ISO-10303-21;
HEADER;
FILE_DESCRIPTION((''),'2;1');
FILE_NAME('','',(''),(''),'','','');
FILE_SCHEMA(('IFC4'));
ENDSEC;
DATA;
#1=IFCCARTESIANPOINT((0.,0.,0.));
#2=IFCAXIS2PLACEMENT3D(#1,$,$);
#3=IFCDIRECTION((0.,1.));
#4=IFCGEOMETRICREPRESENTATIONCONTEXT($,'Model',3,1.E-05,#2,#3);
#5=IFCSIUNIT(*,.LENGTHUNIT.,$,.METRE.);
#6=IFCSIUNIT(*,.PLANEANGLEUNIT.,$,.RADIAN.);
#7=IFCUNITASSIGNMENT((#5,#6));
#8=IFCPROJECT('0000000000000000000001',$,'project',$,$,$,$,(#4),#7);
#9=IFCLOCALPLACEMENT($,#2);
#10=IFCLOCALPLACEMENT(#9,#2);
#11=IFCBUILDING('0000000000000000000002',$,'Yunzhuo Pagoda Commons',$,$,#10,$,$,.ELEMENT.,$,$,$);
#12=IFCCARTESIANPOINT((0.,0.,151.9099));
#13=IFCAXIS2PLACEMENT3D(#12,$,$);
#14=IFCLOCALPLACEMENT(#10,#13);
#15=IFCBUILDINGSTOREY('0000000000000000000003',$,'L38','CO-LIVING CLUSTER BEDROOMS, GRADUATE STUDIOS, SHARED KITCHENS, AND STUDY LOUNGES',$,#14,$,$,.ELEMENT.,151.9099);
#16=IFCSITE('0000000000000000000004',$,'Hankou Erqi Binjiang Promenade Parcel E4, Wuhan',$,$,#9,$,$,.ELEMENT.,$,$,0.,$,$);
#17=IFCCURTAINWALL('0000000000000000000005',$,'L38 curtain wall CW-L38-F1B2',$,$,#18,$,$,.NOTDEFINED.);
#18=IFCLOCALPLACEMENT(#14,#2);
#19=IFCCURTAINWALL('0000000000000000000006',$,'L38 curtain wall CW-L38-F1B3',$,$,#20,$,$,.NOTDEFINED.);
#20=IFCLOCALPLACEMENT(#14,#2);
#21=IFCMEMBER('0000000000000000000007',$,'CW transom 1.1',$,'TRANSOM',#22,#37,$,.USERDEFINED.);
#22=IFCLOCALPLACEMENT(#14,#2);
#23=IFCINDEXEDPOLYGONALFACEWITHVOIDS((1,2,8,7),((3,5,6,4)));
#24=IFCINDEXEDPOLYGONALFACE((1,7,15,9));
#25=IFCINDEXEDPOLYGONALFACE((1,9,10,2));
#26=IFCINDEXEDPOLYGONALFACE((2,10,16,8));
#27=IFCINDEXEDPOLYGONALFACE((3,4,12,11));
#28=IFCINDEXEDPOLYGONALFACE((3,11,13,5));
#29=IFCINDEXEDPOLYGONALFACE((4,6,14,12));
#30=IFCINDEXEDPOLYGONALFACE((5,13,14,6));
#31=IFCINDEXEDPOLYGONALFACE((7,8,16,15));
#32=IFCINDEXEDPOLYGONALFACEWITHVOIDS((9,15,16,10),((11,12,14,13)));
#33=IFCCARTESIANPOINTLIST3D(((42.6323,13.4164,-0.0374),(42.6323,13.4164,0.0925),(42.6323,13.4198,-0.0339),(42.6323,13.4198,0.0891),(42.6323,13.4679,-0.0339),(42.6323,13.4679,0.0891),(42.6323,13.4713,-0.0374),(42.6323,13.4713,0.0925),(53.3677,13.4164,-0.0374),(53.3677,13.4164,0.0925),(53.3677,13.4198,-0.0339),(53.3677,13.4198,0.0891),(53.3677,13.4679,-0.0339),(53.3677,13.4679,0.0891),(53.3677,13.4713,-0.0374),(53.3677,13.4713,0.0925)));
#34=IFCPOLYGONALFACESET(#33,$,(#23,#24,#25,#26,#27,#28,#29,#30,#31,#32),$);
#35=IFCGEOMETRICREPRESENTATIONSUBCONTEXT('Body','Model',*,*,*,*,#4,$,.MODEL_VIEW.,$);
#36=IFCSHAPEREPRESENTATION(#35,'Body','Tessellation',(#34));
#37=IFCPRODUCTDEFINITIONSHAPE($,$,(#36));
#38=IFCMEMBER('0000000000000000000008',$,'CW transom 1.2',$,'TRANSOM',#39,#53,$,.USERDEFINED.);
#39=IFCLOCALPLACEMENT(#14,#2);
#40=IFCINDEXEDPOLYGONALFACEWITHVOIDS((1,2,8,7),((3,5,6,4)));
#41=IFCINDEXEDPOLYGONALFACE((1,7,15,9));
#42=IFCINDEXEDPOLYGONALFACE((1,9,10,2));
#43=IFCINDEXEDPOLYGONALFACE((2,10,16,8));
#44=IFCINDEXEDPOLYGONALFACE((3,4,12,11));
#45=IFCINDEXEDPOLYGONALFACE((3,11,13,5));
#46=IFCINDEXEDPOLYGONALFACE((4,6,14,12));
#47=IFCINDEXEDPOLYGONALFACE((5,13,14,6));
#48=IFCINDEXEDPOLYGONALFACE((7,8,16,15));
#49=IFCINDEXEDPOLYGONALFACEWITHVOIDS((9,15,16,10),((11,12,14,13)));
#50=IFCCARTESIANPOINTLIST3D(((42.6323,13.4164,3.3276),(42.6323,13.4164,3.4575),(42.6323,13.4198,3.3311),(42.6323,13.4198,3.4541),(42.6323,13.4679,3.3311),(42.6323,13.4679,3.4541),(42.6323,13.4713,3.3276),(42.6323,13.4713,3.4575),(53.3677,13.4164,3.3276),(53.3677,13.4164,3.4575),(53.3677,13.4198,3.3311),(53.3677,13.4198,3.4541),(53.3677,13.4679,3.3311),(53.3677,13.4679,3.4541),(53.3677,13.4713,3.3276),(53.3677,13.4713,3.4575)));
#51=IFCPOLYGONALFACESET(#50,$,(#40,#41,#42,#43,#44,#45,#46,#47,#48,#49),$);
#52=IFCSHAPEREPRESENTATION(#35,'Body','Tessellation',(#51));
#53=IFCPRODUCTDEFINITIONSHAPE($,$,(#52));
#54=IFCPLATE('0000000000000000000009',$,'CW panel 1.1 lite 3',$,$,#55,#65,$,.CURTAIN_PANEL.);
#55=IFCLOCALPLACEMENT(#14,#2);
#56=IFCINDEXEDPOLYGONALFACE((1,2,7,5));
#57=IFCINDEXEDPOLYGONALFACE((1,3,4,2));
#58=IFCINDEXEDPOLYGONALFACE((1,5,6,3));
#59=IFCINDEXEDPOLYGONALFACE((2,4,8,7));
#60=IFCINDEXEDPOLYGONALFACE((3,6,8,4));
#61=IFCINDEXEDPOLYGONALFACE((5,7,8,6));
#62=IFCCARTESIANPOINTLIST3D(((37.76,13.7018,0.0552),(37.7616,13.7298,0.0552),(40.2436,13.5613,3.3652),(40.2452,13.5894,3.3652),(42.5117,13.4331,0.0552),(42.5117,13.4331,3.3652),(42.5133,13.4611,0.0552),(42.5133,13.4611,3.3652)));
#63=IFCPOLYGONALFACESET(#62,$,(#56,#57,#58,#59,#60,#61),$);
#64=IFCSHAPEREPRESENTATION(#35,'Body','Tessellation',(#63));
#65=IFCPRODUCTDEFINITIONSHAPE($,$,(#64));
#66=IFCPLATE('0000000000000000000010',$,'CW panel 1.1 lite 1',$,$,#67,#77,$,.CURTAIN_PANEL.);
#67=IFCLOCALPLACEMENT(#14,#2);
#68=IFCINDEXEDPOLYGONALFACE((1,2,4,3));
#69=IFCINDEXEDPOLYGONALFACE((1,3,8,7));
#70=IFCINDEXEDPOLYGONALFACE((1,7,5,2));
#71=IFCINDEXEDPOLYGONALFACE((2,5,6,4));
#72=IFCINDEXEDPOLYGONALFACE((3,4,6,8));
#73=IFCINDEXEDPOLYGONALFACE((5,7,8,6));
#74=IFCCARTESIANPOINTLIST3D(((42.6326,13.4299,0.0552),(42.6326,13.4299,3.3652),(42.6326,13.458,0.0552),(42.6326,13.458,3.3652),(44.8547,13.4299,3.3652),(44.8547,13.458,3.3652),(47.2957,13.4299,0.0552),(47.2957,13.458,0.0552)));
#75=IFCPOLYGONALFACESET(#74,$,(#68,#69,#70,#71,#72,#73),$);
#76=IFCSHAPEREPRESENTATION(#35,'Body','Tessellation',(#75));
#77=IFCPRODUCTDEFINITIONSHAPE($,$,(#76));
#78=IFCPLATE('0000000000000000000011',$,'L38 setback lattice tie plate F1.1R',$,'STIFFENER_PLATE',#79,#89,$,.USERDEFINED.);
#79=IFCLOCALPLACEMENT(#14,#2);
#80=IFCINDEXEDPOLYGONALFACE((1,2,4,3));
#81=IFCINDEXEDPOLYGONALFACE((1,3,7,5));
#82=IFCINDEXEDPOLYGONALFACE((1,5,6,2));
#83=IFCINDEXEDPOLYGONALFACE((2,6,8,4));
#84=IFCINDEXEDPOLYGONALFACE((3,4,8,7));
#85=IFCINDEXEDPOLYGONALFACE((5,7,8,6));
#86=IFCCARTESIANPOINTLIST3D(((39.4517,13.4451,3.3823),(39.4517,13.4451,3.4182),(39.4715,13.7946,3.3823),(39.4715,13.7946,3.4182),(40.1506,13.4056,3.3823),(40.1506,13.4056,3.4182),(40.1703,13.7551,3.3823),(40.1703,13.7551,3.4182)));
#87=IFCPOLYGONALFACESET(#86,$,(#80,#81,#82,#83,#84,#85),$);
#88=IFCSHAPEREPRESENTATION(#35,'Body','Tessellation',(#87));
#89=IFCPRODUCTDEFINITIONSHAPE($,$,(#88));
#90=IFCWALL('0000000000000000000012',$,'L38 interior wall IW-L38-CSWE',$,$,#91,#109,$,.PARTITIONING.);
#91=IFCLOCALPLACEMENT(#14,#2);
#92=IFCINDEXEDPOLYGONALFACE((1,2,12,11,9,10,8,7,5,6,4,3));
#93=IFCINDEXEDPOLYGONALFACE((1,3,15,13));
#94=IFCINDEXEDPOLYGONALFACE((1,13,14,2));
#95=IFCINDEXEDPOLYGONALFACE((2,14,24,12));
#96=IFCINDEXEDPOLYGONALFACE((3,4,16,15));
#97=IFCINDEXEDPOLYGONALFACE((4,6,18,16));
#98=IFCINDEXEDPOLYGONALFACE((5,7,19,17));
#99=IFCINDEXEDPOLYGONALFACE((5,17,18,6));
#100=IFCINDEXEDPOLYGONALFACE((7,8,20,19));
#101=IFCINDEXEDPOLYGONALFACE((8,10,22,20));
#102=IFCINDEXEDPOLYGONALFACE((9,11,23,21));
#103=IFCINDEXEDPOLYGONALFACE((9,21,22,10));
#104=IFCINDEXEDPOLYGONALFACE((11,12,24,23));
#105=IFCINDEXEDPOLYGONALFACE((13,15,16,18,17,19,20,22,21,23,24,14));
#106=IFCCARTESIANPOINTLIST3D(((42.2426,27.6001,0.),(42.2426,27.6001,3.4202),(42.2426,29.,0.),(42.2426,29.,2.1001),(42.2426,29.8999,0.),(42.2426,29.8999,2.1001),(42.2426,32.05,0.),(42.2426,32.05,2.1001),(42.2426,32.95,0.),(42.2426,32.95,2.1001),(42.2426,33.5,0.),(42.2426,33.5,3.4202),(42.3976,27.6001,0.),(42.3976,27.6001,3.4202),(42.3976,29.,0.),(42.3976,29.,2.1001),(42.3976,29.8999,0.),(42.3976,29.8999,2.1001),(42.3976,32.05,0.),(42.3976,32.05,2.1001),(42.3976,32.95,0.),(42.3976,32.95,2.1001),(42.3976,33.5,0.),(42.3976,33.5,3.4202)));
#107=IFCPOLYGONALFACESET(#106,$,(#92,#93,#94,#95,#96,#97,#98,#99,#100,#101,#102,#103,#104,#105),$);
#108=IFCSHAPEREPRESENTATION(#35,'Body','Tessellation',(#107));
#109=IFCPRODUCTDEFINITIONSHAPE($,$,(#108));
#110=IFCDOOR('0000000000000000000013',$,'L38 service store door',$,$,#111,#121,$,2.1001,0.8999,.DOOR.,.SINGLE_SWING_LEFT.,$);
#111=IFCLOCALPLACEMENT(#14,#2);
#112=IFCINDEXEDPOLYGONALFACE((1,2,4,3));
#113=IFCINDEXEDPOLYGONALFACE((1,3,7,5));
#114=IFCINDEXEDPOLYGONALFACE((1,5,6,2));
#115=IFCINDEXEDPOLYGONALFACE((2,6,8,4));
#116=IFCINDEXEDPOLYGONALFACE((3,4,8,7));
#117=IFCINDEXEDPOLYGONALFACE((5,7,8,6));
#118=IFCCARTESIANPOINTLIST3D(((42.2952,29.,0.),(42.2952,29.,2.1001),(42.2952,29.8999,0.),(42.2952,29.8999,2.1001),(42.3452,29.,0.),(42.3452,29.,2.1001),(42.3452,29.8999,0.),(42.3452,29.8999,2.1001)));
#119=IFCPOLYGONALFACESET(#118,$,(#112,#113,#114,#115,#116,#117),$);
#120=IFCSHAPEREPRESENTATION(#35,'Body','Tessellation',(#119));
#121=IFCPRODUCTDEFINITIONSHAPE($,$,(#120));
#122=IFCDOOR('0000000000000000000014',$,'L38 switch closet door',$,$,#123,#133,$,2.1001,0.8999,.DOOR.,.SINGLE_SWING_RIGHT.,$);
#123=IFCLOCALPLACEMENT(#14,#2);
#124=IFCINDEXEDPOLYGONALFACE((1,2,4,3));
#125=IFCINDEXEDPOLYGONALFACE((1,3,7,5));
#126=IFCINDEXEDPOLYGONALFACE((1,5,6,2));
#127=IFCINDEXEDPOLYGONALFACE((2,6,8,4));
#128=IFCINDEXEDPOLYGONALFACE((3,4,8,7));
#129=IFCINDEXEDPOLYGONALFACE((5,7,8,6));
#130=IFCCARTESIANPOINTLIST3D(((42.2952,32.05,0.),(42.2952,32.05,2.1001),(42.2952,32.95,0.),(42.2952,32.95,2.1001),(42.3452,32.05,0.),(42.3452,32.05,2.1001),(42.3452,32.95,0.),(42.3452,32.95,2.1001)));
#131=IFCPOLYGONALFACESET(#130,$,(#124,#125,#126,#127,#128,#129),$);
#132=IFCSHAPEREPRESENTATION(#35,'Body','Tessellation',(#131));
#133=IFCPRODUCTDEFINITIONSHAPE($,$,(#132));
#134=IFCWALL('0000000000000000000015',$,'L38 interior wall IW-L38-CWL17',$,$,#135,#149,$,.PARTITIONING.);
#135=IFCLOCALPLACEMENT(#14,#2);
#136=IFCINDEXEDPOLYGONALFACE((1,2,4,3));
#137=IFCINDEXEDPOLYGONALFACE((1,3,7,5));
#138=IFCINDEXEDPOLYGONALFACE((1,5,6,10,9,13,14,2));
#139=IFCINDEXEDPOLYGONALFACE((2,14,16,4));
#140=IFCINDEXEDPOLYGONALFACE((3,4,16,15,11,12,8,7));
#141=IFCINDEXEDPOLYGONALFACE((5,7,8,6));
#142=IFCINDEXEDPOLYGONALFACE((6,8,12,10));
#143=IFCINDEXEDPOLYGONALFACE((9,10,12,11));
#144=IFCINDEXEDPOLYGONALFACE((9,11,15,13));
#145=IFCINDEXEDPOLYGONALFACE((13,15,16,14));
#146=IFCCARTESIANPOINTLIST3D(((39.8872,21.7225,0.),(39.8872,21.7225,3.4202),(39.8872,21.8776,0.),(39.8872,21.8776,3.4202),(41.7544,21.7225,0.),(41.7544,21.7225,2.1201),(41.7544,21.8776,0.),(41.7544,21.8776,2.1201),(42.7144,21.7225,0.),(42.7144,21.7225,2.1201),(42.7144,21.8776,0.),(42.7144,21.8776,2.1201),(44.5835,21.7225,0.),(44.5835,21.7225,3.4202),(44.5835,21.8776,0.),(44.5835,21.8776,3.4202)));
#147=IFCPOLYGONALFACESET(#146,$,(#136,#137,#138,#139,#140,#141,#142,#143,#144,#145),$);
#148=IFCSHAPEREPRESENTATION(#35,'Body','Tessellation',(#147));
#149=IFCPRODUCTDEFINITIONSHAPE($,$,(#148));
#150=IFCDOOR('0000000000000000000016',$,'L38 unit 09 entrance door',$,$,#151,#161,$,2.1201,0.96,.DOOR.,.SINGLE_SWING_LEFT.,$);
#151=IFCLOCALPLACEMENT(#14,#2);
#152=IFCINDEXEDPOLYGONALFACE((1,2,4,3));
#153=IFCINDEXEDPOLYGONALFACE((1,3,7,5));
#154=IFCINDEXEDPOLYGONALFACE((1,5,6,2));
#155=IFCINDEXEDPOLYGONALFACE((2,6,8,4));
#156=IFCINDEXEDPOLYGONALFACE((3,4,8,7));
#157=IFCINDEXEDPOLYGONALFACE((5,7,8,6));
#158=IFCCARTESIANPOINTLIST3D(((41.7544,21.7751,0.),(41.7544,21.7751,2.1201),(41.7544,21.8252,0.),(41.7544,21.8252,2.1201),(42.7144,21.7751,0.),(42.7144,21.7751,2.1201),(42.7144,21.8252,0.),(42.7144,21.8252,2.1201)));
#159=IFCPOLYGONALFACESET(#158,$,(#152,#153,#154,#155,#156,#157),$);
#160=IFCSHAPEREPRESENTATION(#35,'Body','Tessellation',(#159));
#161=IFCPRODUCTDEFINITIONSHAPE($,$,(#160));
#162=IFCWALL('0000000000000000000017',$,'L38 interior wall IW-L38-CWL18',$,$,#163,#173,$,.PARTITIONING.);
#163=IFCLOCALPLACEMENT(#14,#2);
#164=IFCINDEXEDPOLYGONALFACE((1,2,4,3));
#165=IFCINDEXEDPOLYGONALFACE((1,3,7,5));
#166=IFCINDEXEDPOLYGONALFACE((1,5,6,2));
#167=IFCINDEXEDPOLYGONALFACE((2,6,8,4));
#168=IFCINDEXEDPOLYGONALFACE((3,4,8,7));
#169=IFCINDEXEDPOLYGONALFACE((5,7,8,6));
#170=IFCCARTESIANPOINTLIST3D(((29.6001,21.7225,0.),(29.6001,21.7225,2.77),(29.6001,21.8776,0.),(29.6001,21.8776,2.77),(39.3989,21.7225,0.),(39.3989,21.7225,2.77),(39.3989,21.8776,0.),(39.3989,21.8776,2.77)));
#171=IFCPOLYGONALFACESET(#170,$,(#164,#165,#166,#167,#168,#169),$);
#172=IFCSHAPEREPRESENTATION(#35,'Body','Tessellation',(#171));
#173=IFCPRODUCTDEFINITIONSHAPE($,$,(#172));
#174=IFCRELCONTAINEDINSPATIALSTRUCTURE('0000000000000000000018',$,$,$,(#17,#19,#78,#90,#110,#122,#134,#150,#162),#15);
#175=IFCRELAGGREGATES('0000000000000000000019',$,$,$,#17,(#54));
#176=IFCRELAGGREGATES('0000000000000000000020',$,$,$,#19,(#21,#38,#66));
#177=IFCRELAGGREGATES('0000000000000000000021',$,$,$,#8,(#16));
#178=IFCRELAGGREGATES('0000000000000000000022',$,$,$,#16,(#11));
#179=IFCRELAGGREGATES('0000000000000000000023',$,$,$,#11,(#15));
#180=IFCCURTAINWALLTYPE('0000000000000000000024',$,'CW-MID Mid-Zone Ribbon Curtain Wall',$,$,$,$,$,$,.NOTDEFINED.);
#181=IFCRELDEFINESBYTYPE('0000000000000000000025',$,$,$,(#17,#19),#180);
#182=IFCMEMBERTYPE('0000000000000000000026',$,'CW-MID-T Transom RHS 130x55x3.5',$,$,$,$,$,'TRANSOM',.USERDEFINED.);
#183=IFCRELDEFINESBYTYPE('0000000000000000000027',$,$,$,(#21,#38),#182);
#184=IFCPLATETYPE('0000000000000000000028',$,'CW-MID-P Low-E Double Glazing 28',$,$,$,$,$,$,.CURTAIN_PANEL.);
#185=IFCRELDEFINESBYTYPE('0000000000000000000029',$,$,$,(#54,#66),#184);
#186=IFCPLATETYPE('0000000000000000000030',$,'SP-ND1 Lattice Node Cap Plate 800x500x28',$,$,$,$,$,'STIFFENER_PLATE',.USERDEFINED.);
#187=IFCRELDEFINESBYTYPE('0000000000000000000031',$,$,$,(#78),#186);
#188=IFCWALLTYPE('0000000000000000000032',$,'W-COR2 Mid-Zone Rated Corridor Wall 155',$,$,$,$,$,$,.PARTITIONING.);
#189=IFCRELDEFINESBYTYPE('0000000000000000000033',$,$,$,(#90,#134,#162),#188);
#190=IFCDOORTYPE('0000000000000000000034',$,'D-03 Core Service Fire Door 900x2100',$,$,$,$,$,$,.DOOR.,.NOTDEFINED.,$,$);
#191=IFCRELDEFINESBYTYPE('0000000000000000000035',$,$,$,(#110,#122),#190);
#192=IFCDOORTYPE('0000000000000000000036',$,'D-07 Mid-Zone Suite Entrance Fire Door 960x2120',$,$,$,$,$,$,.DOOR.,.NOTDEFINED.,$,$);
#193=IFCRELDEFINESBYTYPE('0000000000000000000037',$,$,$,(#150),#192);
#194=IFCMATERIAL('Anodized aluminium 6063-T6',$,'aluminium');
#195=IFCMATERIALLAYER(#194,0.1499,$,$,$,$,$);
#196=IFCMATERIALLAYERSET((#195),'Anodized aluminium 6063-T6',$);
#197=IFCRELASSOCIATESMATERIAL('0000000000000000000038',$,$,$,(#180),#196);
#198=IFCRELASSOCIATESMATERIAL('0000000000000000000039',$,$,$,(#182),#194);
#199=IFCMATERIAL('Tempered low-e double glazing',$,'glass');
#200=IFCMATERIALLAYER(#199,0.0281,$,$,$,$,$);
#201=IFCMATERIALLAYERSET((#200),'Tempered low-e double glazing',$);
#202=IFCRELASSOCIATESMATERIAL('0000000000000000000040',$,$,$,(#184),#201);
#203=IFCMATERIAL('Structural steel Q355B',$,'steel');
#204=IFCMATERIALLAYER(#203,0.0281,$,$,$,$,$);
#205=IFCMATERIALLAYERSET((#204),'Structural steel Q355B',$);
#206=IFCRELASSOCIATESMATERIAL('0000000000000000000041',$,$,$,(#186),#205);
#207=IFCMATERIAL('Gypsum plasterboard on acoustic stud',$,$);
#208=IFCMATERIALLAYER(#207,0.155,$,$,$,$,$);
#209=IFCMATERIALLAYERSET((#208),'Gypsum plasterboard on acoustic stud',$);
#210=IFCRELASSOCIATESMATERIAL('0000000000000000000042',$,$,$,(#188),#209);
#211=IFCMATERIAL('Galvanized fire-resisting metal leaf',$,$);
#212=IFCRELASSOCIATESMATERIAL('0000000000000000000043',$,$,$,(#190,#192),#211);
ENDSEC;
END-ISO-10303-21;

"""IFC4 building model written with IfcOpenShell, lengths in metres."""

from ifc_helpers import new_model, si_unit, direction, frame, frame_2d, origin, origin_with_axes, origin_2d, place, context, subcontext, project, spatial, polyline, rectangle, hollow_rectangle, outline, extrude, source, transform, mapped, material, layer, layer_set, material_profile, profile_set, type_object, element, fill, aggregate, save


model = new_model("IFC4")

# Units and contexts
model_context = context("Model", 3, precision=1e-05, world=origin(), true_north=direction((0.0, 1.0)))
body_context = subcontext(model_context, "Body", "Model", "MODEL_VIEW")
ifc_project = project(units=[si_unit("LENGTHUNIT", "METRE"), si_unit("PLANEANGLEUNIT", "RADIAN")], contexts=[model_context])

# Site, building, storey
site_placement = place(None, origin())
site = spatial("IfcSite", under=ifc_project, at=site_placement, Name="Hankou Erqi Binjiang Promenade Parcel E4, Wuhan", CompositionType="ELEMENT", RefElevation=0.0)
building_placement = place(site_placement, origin())
building = spatial("IfcBuilding", under=site, at=building_placement, Name="Yunzhuo Pagoda Commons", CompositionType="ELEMENT")
storey_placement = place(building_placement, frame((0.0, 0.0, 151.9099)))
storey = spatial("IfcBuildingStorey", under=building, at=storey_placement, Name="L38", Description="CO-LIVING CLUSTER BEDROOMS, GRADUATE STUDIOS, SHARED KITCHENS, AND STUDY LOUNGES", CompositionType="ELEMENT", Elevation=151.9099)

# Shared definitions
ifc_material_1 = material(Name="Structural steel Q355B", Category="steel")

# Curtain wall
ifc_material_2 = material(Name="Anodized aluminium 6063-T6", Category="aluminium")
ifc_layer_1 = layer(ifc_material_2, 0.1499)
ifc_layer_set_1 = layer_set([ifc_layer_1], Name="Anodized aluminium 6063-T6")
curtain_wall_type = type_object("IfcCurtainWallType", Name="CW-MID Mid-Zone Ribbon Curtain Wall", PredefinedType="NOTDEFINED", material=ifc_layer_set_1)
curtain_wall_1_placement = place(storey_placement, origin())
curtain_wall_1 = element("IfcCurtainWall", 1, at=curtain_wall_1_placement, inside=storey, type_object=curtain_wall_type, Name="L38 curtain wall CW-L38-F1B2", PredefinedType="NOTDEFINED")

# Curtain wall, members
curtain_wall_2_placement = place(storey_placement, origin())
curtain_wall_2 = element("IfcCurtainWall", 2, at=curtain_wall_2_placement, inside=storey, type_object=curtain_wall_type, Name="L38 curtain wall CW-L38-F1B3", PredefinedType="NOTDEFINED")
ifc_material_profile_1 = material_profile(ifc_material_2, hollow_rectangle(XDim=0.0549, YDim=0.1299, WallThickness=0.0034, at=origin_2d()), Name="Anodized aluminium 6063-T6")
ifc_profile_set_1 = profile_set([ifc_material_profile_1], Name="Anodized aluminium 6063-T6")
member_type_1 = type_object("IfcMemberType", Name="CW-MID-T Transom RHS 130x55x3.5", ElementType="TRANSOM", PredefinedType="USERDEFINED", material=ifc_profile_set_1)
shared_shape_1 = source(origin(), body_context, "Body", "SweptSolid", [
    extrude(hollow_rectangle(XDim=0.0549, YDim=0.1299, WallThickness=0.0034, at=origin_2d()), origin(), (0.0, 0.0, 1.0), 10.7354),
])
member_1_placement = place(storey_placement, frame((42.6323, 13.4438, 0.0276), z_axis=(1.0, 0.0, 0.0), x_axis=(0.0, 1.0, 0.0)))
member_1 = element("IfcMember", 3, at=member_1_placement, type_object=member_type_1, Name="CW transom 1.1", ObjectType="TRANSOM", PredefinedType="USERDEFINED", context=body_context, shape_type="MappedRepresentation", body=[
    mapped(shared_shape_1, transform((0.0, 0.0, 0.0), scale=1.0)),
])
member_2_placement = place(storey_placement, frame((42.6323, 13.4438, 3.3926), z_axis=(1.0, 0.0, 0.0), x_axis=(0.0, 1.0, 0.0)))
member_2 = element("IfcMember", 4, at=member_2_placement, type_object=member_type_1, Name="CW transom 1.2", ObjectType="TRANSOM", PredefinedType="USERDEFINED", context=body_context, shape_type="MappedRepresentation", body=[
    mapped(shared_shape_1, transform((0.0, 0.0, 0.0), scale=1.0)),
])

# Plates
ifc_material_3 = material(Name="Tempered low-e double glazing", Category="glass")
ifc_layer_2 = layer(ifc_material_3, 0.0281)
ifc_layer_set_2 = layer_set([ifc_layer_2], Name="Tempered low-e double glazing")
plate_type_1 = type_object("IfcPlateType", Name="CW-MID-P Low-E Double Glazing 28", PredefinedType="CURTAIN_PANEL", material=ifc_layer_set_2)
plate_1_placement = place(storey_placement, frame((40.1375, 13.5955, 1.7102), z_axis=(-0.056459, -0.998405, 0.0), x_axis=(0.998405, -0.056459, 0.0)))
plate_1 = element("IfcPlate", 5, at=plate_1_placement, type_object=plate_type_1, Name="CW panel 1.1 lite 3", PredefinedType="CURTAIN_PANEL", context=body_context, shape_type="SweptSolid", body=[
    extrude(outline(polyline([(-2.3796, -1.655), (2.3796, -1.655), (2.3796, 1.655), (0.1079, 1.655), (-2.3796, -1.655)])), origin(), (0.0, 0.0, 1.0), 0.0281),
])
aggregate(curtain_wall_1, [plate_1])
plate_2_placement = place(storey_placement, frame((44.9641, 13.458, 1.7102), z_axis=(0.0, -1.0, 0.0), x_axis=(1.0, 0.0, 0.0)))
plate_2 = element("IfcPlate", 6, at=plate_2_placement, type_object=plate_type_1, Name="CW panel 1.1 lite 1", PredefinedType="CURTAIN_PANEL", context=body_context, shape_type="SweptSolid", body=[
    extrude(outline(polyline([(-2.3315, -1.655), (2.3315, -1.655), (-0.1094, 1.655), (-2.3315, 1.655), (-2.3315, -1.655)])), origin(), (0.0, 0.0, 1.0), 0.0281),
])
aggregate(curtain_wall_2, [member_1, member_2, plate_2])
ifc_layer_3 = layer(ifc_material_1, 0.0281)
ifc_layer_set_3 = layer_set([ifc_layer_3], Name="Structural steel Q355B")
plate_type_2 = type_object("IfcPlateType", Name="SP-ND1 Lattice Node Cap Plate 800x500x28", ElementType="STIFFENER_PLATE", PredefinedType="USERDEFINED", material=ifc_layer_set_3)
shared_shape_2 = source(origin(), body_context, "Body", "SweptSolid", [
    extrude(rectangle(XDim=0.7, YDim=0.3501, at=origin_2d()), origin(), (0.0, 0.0, 1.0), 0.0359),
])
plate_3_placement = place(storey_placement, frame((39.811, 13.6001, 3.3823), z_axis=(0.0, 0.0, 1.0), x_axis=(0.998405, -0.056466, 0.0)))
element("IfcPlate", 7, at=plate_3_placement, inside=storey, type_object=plate_type_2, Name="L38 setback lattice tie plate F1.1R", ObjectType="STIFFENER_PLATE", PredefinedType="USERDEFINED", context=body_context, shape_type="MappedRepresentation", body=[
    mapped(shared_shape_2, transform((0.0, 0.0, 0.0), scale=1.0)),
])

# Wall, openings, doors
ifc_material_4 = material(Name="Gypsum plasterboard on acoustic stud")
ifc_layer_4 = layer(ifc_material_4, 0.155)
ifc_layer_set_4 = layer_set([ifc_layer_4], Name="Gypsum plasterboard on acoustic stud")
wall_type_1 = type_object("IfcWallType", Name="W-COR2 Mid-Zone Rated Corridor Wall 155", PredefinedType="PARTITIONING", material=ifc_layer_set_4)
wall_1_placement = place(storey_placement, frame((42.3201, 27.6001, 0.0), z_axis=(0.0, 0.0, 1.0), x_axis=(0.0, 1.0, 0.0)))
wall_1 = element("IfcWall", 8, at=wall_1_placement, inside=storey, type_object=wall_type_1, Name="L38 interior wall IW-L38-CSWE", PredefinedType="PARTITIONING", context=body_context, shape_type="SweptSolid", body=[
    extrude(rectangle(XDim=5.8999, YDim=0.155, at=frame_2d((2.95, 0.0))), origin(), (0.0, 0.0, 1.0), 3.4202),
])
opening_1_placement = place(wall_1_placement, frame((1.3999, 0.0, 0.0)))
opening_1 = element("IfcOpeningElement", 9, at=opening_1_placement, cuts=wall_1, PredefinedType="OPENING", context=body_context, shape_type="SweptSolid", body=[
    extrude(rectangle(XDim=0.8999, YDim=2.1001, at=frame_2d((0.45, 1.05))), frame((0.0, 0.0874, 0.0), z_axis=(0.0, -1.0, 0.0), x_axis=(1.0, 0.0, 0.0)), (0.0, 0.0, 1.0), 0.175),
])
opening_2_placement = place(wall_1_placement, frame((4.45, 0.0, 0.0)))
opening_2 = element("IfcOpeningElement", 10, at=opening_2_placement, cuts=wall_1, PredefinedType="OPENING", context=body_context, shape_type="SweptSolid", body=[
    extrude(rectangle(XDim=0.8999, YDim=2.1001, at=frame_2d((0.45, 1.05))), frame((0.0, 0.0874, 0.0), z_axis=(0.0, -1.0, 0.0), x_axis=(1.0, 0.0, 0.0)), (0.0, 0.0, 1.0), 0.175),
])
ifc_material_5 = material(Name="Galvanized fire-resisting metal leaf")
door_type_1 = type_object("IfcDoorType", Name="D-03 Core Service Fire Door 900x2100", OperationType="NOTDEFINED", PredefinedType="DOOR", material=ifc_material_5)
shared_shape_3 = source(origin(), body_context, "Body", "SweptSolid", [
    extrude(rectangle(XDim=0.8999, YDim=2.1001, at=frame_2d((0.45, 1.05))), frame((0.0, 0.0249, 0.0), z_axis=(0.0, -1.0, 0.0), x_axis=(1.0, 0.0, 0.0)), (0.0, 0.0, 1.0), 0.05),
])
door_1_placement = place(opening_1_placement, origin_with_axes())
door_1 = element("IfcDoor", 11, at=door_1_placement, inside=storey, type_object=door_type_1, Name="L38 service store door", OperationType="SINGLE_SWING_LEFT", OverallHeight=2.1001, OverallWidth=0.8999, PredefinedType="DOOR", context=body_context, shape_type="MappedRepresentation", body=[
    mapped(shared_shape_3, transform((0.0, 0.0, 0.0), scale=1.0)),
])
fill(opening_1, door_1)
door_2_placement = place(opening_2_placement, origin_with_axes())
door_2 = element("IfcDoor", 12, at=door_2_placement, inside=storey, type_object=door_type_1, Name="L38 switch closet door", OperationType="SINGLE_SWING_RIGHT", OverallHeight=2.1001, OverallWidth=0.8999, PredefinedType="DOOR", context=body_context, shape_type="MappedRepresentation", body=[
    mapped(shared_shape_3, transform((0.0, 0.0, 0.0), scale=1.0)),
])
fill(opening_2, door_2)

# Wall, opening, door
wall_2_placement = place(storey_placement, frame((44.5835, 21.8, 0.0), z_axis=(0.0, 0.0, 1.0), x_axis=(-1.0, 0.0, 0.0)))
wall_2 = element("IfcWall", 13, at=wall_2_placement, inside=storey, type_object=wall_type_1, Name="L38 interior wall IW-L38-CWL17", PredefinedType="PARTITIONING", context=body_context, shape_type="SweptSolid", body=[
    extrude(rectangle(XDim=4.6963, YDim=0.155, at=frame_2d((2.3481, 0.0))), origin(), (0.0, 0.0, 1.0), 3.4202),
])
opening_3_placement = place(wall_2_placement, frame((1.8691, 0.0, 0.0)))
opening_3 = element("IfcOpeningElement", 14, at=opening_3_placement, cuts=wall_2, PredefinedType="OPENING", context=body_context, shape_type="SweptSolid", body=[
    extrude(rectangle(XDim=0.96, YDim=2.1201, at=frame_2d((0.48, 1.0601))), frame((0.0, 0.0874, 0.0), z_axis=(0.0, -1.0, 0.0), x_axis=(1.0, 0.0, 0.0)), (0.0, 0.0, 1.0), 0.175),
])
door_type_2 = type_object("IfcDoorType", Name="D-07 Mid-Zone Suite Entrance Fire Door 960x2120", OperationType="NOTDEFINED", PredefinedType="DOOR", material=ifc_material_5)
shared_shape_4 = source(origin(), body_context, "Body", "SweptSolid", [
    extrude(rectangle(XDim=0.96, YDim=2.1201, at=frame_2d((0.48, 1.0601))), frame((0.0, 0.0249, 0.0), z_axis=(0.0, -1.0, 0.0), x_axis=(1.0, 0.0, 0.0)), (0.0, 0.0, 1.0), 0.05),
])
door_3_placement = place(opening_3_placement, origin_with_axes())
door_3 = element("IfcDoor", 15, at=door_3_placement, inside=storey, type_object=door_type_2, Name="L38 unit 09 entrance door", OperationType="SINGLE_SWING_LEFT", OverallHeight=2.1201, OverallWidth=0.96, PredefinedType="DOOR", context=body_context, shape_type="MappedRepresentation", body=[
    mapped(shared_shape_4, transform((0.0, 0.0, 0.0), scale=1.0)),
])
fill(opening_3, door_3)

# Wall
wall_3_placement = place(storey_placement, frame((39.3989, 21.8, 0.0), z_axis=(0.0, 0.0, 1.0), x_axis=(-1.0, 0.0, 0.0)))
element("IfcWall", 16, at=wall_3_placement, inside=storey, type_object=wall_type_1, Name="L38 interior wall IW-L38-CWL18", PredefinedType="PARTITIONING", context=body_context, shape_type="SweptSolid", body=[
    extrude(rectangle(XDim=9.7988, YDim=0.155, at=frame_2d((4.8994, 0.0))), origin(), (0.0, 0.0, 1.0), 2.77),
])

save(model, "model.ifc")
